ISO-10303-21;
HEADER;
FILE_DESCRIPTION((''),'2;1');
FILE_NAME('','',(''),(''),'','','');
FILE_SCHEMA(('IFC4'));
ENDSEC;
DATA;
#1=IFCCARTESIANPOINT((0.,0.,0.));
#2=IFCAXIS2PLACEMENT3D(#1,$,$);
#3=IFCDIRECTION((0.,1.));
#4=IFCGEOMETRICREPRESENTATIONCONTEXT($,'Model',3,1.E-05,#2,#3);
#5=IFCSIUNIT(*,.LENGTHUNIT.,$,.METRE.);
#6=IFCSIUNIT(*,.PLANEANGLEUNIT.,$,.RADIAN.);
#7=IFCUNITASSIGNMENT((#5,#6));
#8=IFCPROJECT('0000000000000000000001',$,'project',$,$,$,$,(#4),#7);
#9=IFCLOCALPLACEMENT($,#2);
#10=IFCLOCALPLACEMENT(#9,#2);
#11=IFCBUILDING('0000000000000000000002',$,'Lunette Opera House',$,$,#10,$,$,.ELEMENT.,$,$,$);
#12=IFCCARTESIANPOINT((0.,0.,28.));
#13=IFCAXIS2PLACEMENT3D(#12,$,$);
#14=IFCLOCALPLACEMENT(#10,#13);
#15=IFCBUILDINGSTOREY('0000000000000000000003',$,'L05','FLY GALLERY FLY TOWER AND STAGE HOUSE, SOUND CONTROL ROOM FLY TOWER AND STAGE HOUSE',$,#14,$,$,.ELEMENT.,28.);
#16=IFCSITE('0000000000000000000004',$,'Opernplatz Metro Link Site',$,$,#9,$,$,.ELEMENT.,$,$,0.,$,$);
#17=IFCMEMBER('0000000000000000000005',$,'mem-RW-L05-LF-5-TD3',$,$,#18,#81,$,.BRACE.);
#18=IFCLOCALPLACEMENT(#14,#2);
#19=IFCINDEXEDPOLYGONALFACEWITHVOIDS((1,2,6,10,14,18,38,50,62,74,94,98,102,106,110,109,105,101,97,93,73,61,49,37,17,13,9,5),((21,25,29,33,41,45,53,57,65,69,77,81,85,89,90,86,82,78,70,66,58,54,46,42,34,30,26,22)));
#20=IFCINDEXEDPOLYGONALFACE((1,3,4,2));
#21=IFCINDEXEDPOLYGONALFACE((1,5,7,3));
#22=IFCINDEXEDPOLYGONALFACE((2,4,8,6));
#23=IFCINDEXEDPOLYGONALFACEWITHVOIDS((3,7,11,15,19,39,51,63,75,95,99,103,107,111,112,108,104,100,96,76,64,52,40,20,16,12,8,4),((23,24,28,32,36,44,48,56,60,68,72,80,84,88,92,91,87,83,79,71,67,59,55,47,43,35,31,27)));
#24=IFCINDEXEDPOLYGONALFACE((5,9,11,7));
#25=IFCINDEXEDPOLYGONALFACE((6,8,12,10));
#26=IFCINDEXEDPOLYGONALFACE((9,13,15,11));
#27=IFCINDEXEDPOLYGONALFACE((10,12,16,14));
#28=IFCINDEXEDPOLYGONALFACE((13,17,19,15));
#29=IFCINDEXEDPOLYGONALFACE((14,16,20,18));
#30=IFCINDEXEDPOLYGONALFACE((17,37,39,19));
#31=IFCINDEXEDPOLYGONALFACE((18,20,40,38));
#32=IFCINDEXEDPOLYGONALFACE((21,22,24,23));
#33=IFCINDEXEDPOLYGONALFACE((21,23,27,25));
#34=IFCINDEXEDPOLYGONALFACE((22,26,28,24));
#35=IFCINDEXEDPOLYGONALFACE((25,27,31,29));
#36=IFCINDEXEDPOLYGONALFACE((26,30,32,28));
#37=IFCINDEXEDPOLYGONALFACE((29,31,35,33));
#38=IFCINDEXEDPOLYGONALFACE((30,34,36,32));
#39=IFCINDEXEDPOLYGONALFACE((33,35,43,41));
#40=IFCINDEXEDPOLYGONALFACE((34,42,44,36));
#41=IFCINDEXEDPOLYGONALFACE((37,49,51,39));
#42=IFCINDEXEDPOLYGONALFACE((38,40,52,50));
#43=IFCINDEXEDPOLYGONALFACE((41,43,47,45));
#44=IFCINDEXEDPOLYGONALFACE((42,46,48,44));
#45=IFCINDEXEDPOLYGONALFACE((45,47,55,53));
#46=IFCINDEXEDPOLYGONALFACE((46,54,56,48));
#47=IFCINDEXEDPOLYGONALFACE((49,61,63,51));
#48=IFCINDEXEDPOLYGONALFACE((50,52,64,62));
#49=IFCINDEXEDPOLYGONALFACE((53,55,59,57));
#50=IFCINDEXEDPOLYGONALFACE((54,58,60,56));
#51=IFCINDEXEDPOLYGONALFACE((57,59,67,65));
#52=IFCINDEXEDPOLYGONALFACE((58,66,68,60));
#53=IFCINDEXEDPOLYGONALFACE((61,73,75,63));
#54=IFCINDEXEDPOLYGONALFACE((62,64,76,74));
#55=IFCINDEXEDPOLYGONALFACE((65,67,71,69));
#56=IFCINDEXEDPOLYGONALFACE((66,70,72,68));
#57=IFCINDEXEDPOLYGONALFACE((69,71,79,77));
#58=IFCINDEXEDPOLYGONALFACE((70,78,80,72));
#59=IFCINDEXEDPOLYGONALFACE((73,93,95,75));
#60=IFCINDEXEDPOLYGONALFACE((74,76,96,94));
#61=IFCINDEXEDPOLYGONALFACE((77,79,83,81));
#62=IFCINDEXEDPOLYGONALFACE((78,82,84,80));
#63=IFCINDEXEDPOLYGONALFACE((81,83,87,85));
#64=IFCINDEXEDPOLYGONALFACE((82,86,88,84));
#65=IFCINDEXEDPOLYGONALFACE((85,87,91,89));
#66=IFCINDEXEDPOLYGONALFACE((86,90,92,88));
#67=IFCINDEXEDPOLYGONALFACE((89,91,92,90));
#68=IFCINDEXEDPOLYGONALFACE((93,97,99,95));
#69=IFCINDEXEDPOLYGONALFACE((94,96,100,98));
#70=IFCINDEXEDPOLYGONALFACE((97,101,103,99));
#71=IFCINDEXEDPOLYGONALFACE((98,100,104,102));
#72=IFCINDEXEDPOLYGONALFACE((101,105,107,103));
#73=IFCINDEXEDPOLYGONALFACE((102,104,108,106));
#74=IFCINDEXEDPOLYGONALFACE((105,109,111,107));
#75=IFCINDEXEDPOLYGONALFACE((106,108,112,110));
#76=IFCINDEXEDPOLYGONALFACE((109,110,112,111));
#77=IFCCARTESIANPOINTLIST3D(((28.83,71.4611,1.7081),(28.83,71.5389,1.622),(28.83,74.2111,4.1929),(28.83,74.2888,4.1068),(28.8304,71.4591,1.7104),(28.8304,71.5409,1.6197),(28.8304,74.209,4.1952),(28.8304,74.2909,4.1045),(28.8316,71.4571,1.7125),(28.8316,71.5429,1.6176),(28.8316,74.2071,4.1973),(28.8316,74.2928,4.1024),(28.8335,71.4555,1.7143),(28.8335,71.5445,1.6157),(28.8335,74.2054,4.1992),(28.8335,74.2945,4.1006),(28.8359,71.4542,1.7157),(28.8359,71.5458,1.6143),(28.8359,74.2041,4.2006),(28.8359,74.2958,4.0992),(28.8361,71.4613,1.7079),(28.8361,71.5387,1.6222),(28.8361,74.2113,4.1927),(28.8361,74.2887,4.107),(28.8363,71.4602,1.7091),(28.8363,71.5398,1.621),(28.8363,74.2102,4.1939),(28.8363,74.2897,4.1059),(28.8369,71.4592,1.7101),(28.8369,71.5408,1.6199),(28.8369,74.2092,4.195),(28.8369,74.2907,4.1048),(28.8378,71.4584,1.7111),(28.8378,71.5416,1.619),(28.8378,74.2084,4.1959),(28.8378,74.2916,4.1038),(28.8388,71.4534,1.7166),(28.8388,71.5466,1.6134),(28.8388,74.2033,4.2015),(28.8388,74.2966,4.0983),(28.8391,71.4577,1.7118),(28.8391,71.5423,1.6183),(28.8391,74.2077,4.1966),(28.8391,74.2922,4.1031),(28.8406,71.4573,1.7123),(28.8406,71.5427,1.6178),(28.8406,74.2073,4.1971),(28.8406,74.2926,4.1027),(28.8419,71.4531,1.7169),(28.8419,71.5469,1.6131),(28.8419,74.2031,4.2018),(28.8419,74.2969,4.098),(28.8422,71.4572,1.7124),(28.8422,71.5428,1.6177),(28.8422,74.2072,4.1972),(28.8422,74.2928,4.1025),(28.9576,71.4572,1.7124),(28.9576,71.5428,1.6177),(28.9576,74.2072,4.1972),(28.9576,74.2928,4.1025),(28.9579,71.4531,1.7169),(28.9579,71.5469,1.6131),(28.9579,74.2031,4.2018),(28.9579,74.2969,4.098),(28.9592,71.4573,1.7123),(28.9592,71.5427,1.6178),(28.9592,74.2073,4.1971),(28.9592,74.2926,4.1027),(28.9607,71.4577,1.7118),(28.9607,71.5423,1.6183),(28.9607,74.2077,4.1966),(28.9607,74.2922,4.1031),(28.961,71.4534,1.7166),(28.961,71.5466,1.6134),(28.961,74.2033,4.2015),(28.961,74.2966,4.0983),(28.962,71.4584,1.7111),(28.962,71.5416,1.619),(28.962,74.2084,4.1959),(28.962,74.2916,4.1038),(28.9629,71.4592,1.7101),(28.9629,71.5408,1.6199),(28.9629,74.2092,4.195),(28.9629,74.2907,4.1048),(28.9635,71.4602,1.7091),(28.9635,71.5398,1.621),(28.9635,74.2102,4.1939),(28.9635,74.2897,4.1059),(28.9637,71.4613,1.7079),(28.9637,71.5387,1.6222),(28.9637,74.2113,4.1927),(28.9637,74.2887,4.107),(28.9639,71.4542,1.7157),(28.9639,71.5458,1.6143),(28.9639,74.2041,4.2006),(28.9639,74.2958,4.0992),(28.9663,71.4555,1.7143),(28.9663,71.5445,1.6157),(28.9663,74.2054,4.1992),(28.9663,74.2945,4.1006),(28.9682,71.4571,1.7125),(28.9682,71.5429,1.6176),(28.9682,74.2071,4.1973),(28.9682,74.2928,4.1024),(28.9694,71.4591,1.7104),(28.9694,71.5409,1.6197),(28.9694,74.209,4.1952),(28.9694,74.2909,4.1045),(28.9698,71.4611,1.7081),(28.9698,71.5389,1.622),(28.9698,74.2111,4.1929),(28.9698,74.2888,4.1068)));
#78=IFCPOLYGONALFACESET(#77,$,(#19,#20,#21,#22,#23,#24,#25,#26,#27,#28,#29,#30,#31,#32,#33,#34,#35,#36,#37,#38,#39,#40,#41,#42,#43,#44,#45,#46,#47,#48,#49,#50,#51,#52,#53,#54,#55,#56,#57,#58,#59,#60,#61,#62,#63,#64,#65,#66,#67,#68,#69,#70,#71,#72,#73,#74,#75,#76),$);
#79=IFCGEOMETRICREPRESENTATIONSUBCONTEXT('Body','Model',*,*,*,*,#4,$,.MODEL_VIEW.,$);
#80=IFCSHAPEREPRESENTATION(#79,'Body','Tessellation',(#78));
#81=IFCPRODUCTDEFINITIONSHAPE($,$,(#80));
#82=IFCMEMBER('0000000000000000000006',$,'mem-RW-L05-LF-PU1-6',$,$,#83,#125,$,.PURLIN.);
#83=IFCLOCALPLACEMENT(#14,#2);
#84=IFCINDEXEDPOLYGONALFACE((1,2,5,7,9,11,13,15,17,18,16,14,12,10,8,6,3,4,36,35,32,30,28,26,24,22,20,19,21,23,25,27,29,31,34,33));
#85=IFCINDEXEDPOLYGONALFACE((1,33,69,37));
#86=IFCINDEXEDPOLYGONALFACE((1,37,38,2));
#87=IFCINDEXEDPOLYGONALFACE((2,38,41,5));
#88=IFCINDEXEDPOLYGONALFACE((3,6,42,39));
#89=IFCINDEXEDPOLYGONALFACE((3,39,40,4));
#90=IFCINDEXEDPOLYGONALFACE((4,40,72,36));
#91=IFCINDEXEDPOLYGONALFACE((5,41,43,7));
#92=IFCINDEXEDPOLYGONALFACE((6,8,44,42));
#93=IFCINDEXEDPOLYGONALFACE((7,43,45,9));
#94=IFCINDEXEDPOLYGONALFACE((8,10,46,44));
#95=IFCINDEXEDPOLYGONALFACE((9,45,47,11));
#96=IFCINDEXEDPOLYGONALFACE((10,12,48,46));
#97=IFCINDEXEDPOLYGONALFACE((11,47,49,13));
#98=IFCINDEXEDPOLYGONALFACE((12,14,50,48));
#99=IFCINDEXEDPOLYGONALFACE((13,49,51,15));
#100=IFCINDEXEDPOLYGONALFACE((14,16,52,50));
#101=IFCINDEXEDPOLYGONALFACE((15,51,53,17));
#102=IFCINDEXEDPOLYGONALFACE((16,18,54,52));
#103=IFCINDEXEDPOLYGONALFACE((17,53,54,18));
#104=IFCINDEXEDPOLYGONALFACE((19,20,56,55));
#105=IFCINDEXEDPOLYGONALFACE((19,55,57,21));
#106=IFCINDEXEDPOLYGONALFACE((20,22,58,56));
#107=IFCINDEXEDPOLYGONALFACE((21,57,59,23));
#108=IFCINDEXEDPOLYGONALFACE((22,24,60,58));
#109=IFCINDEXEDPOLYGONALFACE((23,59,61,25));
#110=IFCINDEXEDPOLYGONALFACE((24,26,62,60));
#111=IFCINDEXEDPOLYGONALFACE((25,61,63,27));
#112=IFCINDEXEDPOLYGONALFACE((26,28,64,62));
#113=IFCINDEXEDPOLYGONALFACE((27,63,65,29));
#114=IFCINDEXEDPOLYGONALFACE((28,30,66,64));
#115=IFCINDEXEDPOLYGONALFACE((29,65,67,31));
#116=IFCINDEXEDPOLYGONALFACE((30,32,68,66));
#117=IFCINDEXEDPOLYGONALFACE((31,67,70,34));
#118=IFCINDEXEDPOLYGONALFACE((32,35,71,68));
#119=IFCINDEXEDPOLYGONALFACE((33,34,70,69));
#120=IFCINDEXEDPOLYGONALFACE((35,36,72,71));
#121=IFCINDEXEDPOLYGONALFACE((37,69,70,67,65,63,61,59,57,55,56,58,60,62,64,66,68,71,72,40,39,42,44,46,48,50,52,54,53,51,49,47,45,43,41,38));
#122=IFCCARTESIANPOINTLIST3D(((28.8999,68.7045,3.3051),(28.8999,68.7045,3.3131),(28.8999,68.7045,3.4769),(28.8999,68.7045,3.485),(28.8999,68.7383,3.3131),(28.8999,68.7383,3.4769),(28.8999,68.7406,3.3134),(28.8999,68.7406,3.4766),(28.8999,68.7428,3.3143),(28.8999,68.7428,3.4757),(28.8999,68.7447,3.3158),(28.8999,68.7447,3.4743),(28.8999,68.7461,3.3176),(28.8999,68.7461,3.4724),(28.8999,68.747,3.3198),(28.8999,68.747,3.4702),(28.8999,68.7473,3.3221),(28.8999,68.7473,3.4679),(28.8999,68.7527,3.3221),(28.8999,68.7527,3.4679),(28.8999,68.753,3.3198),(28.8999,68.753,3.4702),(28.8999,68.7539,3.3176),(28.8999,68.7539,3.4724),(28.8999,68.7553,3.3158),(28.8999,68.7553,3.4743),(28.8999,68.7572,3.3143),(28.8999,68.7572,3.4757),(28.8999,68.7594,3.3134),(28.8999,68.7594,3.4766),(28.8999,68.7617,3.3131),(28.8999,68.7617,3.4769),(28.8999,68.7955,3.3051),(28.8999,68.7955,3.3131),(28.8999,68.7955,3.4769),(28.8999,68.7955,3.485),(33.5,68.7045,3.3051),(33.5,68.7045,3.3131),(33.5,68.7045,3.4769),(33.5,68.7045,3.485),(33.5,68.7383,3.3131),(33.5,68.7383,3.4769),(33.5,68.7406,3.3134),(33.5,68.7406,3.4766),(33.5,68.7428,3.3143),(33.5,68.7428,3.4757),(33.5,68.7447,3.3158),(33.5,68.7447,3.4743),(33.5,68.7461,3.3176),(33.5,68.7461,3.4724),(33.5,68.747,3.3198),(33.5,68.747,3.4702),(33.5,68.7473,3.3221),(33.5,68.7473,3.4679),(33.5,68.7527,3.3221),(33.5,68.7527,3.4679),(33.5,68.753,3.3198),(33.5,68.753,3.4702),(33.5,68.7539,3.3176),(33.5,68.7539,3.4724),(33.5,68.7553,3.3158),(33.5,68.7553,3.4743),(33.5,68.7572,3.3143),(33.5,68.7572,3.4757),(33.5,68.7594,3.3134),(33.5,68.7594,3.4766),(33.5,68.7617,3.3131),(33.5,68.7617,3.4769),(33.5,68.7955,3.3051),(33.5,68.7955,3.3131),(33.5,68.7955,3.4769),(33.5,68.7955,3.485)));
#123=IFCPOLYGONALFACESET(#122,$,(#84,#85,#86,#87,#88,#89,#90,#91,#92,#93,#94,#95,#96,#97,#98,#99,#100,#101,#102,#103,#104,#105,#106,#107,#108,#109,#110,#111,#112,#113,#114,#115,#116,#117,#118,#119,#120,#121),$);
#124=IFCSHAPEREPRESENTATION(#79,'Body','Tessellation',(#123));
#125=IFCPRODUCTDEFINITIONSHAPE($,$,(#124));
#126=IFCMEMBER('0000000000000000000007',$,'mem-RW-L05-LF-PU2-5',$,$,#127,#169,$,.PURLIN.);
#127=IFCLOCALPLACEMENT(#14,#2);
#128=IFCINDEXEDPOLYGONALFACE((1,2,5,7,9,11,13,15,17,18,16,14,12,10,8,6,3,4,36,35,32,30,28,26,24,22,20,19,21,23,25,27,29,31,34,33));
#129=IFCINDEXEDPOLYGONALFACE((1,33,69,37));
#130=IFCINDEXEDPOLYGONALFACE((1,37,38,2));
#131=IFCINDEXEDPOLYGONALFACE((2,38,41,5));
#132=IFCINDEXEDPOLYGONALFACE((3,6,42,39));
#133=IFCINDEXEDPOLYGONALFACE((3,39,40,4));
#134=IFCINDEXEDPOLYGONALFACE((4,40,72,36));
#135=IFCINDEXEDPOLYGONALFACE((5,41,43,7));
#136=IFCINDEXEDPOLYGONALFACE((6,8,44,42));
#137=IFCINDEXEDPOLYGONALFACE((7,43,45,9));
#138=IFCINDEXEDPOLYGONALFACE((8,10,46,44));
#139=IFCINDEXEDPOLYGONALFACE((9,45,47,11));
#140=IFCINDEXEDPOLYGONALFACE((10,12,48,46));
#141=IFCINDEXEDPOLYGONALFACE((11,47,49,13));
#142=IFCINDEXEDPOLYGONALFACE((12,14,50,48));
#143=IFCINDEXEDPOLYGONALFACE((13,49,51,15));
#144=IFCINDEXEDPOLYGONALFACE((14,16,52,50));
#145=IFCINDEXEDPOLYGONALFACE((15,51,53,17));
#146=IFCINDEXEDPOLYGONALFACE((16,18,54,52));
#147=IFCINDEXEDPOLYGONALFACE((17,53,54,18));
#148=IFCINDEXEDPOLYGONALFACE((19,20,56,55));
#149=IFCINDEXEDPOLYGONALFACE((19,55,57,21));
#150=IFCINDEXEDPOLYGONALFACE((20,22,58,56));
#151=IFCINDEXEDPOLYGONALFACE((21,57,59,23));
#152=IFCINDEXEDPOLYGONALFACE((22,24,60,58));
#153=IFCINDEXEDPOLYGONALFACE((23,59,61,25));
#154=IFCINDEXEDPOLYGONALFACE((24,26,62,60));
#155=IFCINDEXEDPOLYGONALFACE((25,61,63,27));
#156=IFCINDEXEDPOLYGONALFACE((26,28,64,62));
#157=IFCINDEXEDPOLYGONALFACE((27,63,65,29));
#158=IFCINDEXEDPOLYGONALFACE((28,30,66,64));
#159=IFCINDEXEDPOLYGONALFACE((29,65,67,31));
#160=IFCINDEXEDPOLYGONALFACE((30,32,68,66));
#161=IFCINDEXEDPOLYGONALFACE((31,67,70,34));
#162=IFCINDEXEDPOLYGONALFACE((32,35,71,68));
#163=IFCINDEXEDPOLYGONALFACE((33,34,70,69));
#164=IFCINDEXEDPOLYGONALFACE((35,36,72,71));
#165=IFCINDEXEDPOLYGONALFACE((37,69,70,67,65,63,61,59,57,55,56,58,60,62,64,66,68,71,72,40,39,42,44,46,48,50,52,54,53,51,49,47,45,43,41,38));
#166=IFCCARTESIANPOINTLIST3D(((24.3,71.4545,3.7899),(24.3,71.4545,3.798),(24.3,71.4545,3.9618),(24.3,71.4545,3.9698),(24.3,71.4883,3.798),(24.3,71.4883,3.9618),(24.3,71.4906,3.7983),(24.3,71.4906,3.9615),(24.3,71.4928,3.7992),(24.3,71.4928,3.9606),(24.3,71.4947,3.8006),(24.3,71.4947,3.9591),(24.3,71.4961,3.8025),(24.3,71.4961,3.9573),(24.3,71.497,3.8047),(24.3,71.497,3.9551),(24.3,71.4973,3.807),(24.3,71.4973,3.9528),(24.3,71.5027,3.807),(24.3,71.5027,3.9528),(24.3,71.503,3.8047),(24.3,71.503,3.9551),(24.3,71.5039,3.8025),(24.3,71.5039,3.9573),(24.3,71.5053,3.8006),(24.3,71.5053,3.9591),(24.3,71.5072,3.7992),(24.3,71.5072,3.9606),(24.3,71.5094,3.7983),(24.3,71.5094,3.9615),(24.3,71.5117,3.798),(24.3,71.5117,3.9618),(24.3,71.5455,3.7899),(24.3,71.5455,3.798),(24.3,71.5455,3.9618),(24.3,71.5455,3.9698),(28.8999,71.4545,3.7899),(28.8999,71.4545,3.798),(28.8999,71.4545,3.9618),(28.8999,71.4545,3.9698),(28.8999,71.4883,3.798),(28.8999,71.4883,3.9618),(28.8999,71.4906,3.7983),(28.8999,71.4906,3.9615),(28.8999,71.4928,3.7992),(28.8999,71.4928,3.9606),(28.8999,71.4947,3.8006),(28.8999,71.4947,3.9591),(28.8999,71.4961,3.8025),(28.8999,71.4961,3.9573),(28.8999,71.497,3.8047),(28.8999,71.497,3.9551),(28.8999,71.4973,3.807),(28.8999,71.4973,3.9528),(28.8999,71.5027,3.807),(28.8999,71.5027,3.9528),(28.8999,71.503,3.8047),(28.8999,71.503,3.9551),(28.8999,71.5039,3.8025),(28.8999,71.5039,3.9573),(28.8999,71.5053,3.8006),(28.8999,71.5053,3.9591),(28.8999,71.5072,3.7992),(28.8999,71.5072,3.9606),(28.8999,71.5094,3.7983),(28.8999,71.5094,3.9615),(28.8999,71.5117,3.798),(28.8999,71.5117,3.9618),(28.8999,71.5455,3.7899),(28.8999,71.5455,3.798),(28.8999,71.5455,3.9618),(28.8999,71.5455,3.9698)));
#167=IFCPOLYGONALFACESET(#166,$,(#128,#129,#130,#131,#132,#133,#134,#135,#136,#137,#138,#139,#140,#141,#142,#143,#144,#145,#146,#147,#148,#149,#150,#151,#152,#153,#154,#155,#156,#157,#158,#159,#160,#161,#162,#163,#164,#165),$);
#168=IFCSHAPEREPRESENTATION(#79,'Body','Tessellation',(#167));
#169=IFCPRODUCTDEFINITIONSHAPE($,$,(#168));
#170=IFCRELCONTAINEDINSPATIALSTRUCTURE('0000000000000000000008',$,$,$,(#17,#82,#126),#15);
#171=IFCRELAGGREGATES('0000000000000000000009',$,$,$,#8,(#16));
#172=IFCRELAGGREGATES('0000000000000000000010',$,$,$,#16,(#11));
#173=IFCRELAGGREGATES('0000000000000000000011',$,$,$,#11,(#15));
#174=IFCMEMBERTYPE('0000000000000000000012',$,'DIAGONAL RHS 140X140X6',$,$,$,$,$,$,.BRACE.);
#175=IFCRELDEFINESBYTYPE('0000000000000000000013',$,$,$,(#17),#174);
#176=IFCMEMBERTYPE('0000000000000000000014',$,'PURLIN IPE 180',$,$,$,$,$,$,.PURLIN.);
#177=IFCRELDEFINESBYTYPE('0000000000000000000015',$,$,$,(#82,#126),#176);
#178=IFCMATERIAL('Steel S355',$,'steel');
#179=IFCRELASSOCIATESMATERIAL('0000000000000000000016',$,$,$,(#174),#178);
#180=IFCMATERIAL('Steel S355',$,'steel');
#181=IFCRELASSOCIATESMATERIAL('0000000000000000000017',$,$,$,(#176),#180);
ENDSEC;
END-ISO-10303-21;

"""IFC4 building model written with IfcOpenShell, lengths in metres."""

from ifc_helpers import new_model, si_unit, direction, frame, origin, origin_2d, place, context, subcontext, project, spatial, hollow_rectangle, i_section, extrude, material, material_profile, profile_set, type_object, element, save


model = new_model("IFC4")

# Units and contexts
model_context = context("Model", 3, precision=1e-05, world=origin(), true_north=direction((0.0, 1.0)))
body_context = subcontext(model_context, "Body", "Model", "MODEL_VIEW")
ifc_project = project(units=[si_unit("LENGTHUNIT", "METRE"), si_unit("PLANEANGLEUNIT", "RADIAN")], contexts=[model_context])

# Site, building, storey
site_placement = place(None, origin())
site = spatial("IfcSite", under=ifc_project, at=site_placement, Name="Opernplatz Metro Link Site", CompositionType="ELEMENT", RefElevation=0.0)
building_placement = place(site_placement, origin())
building = spatial("IfcBuilding", under=site, at=building_placement, Name="Lunette Opera House", CompositionType="ELEMENT")
storey_placement = place(building_placement, frame((0.0, 0.0, 28.0)))
storey = spatial("IfcBuildingStorey", under=building, at=storey_placement, Name="L05", Description="FLY GALLERY FLY TOWER AND STAGE HOUSE, SOUND CONTROL ROOM FLY TOWER AND STAGE HOUSE", CompositionType="ELEMENT", Elevation=28.0)

# Members
ifc_material_1 = material(Name="Steel S355", Category="steel")
ifc_material_profile_1 = material_profile(ifc_material_1, hollow_rectangle(XDim=0.1399, YDim=0.1399, WallThickness=0.0061, InnerFilletRadius=0.0061, OuterFilletRadius=0.012, at=origin_2d()), Name="RHS 140X140X6")
ifc_profile_set_1 = profile_set([ifc_material_profile_1], Name="Steel S355")
member_type_1 = type_object("IfcMemberType", Name="DIAGONAL RHS 140X140X6", PredefinedType="BRACE", material=ifc_profile_set_1)
member_1_placement = place(storey_placement, frame((28.8999, 71.5, 1.665), z_axis=(0.0, 0.741969, 0.670434), x_axis=(-1.0, 0.0, 0.0)))
element("IfcMember", 1, at=member_1_placement, inside=storey, type_object=member_type_1, Name="mem-RW-L05-LF-5-TD3", PredefinedType="BRACE", context=body_context, shape_type="SweptSolid", body=[
    extrude(hollow_rectangle(XDim=0.1399, YDim=0.1399, WallThickness=0.0061, InnerFilletRadius=0.0061, OuterFilletRadius=0.012, at=origin_2d()), origin(), (0.0, 0.0, 1.0), 3.7063),
])
ifc_material_2 = material(Name="Steel S355", Category="steel")
ifc_material_profile_2 = material_profile(ifc_material_2, i_section(OverallWidth=0.0911, OverallDepth=0.1799, WebThickness=0.0054, FlangeThickness=0.0081, FilletRadius=0.009, at=origin_2d()), Name="IPE 180")
ifc_profile_set_2 = profile_set([ifc_material_profile_2], Name="Steel S355")
member_type_2 = type_object("IfcMemberType", Name="PURLIN IPE 180", PredefinedType="PURLIN", material=ifc_profile_set_2)
member_2_placement = place(storey_placement, frame((28.8999, 68.75, 3.395), z_axis=(1.0, 0.0, 0.0), x_axis=(0.0, 1.0, 0.0)))
element("IfcMember", 2, at=member_2_placement, inside=storey, type_object=member_type_2, Name="mem-RW-L05-LF-PU1-6", PredefinedType="PURLIN", context=body_context, shape_type="SweptSolid", body=[
    extrude(i_section(OverallWidth=0.0911, OverallDepth=0.1799, WebThickness=0.0054, FlangeThickness=0.0081, FilletRadius=0.009, at=origin_2d()), origin(), (0.0, 0.0, 1.0), 4.6001),
])
member_3_placement = place(storey_placement, frame((24.3, 71.5, 3.8799), z_axis=(1.0, 0.0, 0.0), x_axis=(0.0, 1.0, 0.0)))
element("IfcMember", 3, at=member_3_placement, inside=storey, type_object=member_type_2, Name="mem-RW-L05-LF-PU2-5", PredefinedType="PURLIN", context=body_context, shape_type="SweptSolid", body=[
    extrude(i_section(OverallWidth=0.0911, OverallDepth=0.1799, WebThickness=0.0054, FlangeThickness=0.0081, FilletRadius=0.009, at=origin_2d()), origin(), (0.0, 0.0, 1.0), 4.5999),
])

save(model, "model.ifc")
